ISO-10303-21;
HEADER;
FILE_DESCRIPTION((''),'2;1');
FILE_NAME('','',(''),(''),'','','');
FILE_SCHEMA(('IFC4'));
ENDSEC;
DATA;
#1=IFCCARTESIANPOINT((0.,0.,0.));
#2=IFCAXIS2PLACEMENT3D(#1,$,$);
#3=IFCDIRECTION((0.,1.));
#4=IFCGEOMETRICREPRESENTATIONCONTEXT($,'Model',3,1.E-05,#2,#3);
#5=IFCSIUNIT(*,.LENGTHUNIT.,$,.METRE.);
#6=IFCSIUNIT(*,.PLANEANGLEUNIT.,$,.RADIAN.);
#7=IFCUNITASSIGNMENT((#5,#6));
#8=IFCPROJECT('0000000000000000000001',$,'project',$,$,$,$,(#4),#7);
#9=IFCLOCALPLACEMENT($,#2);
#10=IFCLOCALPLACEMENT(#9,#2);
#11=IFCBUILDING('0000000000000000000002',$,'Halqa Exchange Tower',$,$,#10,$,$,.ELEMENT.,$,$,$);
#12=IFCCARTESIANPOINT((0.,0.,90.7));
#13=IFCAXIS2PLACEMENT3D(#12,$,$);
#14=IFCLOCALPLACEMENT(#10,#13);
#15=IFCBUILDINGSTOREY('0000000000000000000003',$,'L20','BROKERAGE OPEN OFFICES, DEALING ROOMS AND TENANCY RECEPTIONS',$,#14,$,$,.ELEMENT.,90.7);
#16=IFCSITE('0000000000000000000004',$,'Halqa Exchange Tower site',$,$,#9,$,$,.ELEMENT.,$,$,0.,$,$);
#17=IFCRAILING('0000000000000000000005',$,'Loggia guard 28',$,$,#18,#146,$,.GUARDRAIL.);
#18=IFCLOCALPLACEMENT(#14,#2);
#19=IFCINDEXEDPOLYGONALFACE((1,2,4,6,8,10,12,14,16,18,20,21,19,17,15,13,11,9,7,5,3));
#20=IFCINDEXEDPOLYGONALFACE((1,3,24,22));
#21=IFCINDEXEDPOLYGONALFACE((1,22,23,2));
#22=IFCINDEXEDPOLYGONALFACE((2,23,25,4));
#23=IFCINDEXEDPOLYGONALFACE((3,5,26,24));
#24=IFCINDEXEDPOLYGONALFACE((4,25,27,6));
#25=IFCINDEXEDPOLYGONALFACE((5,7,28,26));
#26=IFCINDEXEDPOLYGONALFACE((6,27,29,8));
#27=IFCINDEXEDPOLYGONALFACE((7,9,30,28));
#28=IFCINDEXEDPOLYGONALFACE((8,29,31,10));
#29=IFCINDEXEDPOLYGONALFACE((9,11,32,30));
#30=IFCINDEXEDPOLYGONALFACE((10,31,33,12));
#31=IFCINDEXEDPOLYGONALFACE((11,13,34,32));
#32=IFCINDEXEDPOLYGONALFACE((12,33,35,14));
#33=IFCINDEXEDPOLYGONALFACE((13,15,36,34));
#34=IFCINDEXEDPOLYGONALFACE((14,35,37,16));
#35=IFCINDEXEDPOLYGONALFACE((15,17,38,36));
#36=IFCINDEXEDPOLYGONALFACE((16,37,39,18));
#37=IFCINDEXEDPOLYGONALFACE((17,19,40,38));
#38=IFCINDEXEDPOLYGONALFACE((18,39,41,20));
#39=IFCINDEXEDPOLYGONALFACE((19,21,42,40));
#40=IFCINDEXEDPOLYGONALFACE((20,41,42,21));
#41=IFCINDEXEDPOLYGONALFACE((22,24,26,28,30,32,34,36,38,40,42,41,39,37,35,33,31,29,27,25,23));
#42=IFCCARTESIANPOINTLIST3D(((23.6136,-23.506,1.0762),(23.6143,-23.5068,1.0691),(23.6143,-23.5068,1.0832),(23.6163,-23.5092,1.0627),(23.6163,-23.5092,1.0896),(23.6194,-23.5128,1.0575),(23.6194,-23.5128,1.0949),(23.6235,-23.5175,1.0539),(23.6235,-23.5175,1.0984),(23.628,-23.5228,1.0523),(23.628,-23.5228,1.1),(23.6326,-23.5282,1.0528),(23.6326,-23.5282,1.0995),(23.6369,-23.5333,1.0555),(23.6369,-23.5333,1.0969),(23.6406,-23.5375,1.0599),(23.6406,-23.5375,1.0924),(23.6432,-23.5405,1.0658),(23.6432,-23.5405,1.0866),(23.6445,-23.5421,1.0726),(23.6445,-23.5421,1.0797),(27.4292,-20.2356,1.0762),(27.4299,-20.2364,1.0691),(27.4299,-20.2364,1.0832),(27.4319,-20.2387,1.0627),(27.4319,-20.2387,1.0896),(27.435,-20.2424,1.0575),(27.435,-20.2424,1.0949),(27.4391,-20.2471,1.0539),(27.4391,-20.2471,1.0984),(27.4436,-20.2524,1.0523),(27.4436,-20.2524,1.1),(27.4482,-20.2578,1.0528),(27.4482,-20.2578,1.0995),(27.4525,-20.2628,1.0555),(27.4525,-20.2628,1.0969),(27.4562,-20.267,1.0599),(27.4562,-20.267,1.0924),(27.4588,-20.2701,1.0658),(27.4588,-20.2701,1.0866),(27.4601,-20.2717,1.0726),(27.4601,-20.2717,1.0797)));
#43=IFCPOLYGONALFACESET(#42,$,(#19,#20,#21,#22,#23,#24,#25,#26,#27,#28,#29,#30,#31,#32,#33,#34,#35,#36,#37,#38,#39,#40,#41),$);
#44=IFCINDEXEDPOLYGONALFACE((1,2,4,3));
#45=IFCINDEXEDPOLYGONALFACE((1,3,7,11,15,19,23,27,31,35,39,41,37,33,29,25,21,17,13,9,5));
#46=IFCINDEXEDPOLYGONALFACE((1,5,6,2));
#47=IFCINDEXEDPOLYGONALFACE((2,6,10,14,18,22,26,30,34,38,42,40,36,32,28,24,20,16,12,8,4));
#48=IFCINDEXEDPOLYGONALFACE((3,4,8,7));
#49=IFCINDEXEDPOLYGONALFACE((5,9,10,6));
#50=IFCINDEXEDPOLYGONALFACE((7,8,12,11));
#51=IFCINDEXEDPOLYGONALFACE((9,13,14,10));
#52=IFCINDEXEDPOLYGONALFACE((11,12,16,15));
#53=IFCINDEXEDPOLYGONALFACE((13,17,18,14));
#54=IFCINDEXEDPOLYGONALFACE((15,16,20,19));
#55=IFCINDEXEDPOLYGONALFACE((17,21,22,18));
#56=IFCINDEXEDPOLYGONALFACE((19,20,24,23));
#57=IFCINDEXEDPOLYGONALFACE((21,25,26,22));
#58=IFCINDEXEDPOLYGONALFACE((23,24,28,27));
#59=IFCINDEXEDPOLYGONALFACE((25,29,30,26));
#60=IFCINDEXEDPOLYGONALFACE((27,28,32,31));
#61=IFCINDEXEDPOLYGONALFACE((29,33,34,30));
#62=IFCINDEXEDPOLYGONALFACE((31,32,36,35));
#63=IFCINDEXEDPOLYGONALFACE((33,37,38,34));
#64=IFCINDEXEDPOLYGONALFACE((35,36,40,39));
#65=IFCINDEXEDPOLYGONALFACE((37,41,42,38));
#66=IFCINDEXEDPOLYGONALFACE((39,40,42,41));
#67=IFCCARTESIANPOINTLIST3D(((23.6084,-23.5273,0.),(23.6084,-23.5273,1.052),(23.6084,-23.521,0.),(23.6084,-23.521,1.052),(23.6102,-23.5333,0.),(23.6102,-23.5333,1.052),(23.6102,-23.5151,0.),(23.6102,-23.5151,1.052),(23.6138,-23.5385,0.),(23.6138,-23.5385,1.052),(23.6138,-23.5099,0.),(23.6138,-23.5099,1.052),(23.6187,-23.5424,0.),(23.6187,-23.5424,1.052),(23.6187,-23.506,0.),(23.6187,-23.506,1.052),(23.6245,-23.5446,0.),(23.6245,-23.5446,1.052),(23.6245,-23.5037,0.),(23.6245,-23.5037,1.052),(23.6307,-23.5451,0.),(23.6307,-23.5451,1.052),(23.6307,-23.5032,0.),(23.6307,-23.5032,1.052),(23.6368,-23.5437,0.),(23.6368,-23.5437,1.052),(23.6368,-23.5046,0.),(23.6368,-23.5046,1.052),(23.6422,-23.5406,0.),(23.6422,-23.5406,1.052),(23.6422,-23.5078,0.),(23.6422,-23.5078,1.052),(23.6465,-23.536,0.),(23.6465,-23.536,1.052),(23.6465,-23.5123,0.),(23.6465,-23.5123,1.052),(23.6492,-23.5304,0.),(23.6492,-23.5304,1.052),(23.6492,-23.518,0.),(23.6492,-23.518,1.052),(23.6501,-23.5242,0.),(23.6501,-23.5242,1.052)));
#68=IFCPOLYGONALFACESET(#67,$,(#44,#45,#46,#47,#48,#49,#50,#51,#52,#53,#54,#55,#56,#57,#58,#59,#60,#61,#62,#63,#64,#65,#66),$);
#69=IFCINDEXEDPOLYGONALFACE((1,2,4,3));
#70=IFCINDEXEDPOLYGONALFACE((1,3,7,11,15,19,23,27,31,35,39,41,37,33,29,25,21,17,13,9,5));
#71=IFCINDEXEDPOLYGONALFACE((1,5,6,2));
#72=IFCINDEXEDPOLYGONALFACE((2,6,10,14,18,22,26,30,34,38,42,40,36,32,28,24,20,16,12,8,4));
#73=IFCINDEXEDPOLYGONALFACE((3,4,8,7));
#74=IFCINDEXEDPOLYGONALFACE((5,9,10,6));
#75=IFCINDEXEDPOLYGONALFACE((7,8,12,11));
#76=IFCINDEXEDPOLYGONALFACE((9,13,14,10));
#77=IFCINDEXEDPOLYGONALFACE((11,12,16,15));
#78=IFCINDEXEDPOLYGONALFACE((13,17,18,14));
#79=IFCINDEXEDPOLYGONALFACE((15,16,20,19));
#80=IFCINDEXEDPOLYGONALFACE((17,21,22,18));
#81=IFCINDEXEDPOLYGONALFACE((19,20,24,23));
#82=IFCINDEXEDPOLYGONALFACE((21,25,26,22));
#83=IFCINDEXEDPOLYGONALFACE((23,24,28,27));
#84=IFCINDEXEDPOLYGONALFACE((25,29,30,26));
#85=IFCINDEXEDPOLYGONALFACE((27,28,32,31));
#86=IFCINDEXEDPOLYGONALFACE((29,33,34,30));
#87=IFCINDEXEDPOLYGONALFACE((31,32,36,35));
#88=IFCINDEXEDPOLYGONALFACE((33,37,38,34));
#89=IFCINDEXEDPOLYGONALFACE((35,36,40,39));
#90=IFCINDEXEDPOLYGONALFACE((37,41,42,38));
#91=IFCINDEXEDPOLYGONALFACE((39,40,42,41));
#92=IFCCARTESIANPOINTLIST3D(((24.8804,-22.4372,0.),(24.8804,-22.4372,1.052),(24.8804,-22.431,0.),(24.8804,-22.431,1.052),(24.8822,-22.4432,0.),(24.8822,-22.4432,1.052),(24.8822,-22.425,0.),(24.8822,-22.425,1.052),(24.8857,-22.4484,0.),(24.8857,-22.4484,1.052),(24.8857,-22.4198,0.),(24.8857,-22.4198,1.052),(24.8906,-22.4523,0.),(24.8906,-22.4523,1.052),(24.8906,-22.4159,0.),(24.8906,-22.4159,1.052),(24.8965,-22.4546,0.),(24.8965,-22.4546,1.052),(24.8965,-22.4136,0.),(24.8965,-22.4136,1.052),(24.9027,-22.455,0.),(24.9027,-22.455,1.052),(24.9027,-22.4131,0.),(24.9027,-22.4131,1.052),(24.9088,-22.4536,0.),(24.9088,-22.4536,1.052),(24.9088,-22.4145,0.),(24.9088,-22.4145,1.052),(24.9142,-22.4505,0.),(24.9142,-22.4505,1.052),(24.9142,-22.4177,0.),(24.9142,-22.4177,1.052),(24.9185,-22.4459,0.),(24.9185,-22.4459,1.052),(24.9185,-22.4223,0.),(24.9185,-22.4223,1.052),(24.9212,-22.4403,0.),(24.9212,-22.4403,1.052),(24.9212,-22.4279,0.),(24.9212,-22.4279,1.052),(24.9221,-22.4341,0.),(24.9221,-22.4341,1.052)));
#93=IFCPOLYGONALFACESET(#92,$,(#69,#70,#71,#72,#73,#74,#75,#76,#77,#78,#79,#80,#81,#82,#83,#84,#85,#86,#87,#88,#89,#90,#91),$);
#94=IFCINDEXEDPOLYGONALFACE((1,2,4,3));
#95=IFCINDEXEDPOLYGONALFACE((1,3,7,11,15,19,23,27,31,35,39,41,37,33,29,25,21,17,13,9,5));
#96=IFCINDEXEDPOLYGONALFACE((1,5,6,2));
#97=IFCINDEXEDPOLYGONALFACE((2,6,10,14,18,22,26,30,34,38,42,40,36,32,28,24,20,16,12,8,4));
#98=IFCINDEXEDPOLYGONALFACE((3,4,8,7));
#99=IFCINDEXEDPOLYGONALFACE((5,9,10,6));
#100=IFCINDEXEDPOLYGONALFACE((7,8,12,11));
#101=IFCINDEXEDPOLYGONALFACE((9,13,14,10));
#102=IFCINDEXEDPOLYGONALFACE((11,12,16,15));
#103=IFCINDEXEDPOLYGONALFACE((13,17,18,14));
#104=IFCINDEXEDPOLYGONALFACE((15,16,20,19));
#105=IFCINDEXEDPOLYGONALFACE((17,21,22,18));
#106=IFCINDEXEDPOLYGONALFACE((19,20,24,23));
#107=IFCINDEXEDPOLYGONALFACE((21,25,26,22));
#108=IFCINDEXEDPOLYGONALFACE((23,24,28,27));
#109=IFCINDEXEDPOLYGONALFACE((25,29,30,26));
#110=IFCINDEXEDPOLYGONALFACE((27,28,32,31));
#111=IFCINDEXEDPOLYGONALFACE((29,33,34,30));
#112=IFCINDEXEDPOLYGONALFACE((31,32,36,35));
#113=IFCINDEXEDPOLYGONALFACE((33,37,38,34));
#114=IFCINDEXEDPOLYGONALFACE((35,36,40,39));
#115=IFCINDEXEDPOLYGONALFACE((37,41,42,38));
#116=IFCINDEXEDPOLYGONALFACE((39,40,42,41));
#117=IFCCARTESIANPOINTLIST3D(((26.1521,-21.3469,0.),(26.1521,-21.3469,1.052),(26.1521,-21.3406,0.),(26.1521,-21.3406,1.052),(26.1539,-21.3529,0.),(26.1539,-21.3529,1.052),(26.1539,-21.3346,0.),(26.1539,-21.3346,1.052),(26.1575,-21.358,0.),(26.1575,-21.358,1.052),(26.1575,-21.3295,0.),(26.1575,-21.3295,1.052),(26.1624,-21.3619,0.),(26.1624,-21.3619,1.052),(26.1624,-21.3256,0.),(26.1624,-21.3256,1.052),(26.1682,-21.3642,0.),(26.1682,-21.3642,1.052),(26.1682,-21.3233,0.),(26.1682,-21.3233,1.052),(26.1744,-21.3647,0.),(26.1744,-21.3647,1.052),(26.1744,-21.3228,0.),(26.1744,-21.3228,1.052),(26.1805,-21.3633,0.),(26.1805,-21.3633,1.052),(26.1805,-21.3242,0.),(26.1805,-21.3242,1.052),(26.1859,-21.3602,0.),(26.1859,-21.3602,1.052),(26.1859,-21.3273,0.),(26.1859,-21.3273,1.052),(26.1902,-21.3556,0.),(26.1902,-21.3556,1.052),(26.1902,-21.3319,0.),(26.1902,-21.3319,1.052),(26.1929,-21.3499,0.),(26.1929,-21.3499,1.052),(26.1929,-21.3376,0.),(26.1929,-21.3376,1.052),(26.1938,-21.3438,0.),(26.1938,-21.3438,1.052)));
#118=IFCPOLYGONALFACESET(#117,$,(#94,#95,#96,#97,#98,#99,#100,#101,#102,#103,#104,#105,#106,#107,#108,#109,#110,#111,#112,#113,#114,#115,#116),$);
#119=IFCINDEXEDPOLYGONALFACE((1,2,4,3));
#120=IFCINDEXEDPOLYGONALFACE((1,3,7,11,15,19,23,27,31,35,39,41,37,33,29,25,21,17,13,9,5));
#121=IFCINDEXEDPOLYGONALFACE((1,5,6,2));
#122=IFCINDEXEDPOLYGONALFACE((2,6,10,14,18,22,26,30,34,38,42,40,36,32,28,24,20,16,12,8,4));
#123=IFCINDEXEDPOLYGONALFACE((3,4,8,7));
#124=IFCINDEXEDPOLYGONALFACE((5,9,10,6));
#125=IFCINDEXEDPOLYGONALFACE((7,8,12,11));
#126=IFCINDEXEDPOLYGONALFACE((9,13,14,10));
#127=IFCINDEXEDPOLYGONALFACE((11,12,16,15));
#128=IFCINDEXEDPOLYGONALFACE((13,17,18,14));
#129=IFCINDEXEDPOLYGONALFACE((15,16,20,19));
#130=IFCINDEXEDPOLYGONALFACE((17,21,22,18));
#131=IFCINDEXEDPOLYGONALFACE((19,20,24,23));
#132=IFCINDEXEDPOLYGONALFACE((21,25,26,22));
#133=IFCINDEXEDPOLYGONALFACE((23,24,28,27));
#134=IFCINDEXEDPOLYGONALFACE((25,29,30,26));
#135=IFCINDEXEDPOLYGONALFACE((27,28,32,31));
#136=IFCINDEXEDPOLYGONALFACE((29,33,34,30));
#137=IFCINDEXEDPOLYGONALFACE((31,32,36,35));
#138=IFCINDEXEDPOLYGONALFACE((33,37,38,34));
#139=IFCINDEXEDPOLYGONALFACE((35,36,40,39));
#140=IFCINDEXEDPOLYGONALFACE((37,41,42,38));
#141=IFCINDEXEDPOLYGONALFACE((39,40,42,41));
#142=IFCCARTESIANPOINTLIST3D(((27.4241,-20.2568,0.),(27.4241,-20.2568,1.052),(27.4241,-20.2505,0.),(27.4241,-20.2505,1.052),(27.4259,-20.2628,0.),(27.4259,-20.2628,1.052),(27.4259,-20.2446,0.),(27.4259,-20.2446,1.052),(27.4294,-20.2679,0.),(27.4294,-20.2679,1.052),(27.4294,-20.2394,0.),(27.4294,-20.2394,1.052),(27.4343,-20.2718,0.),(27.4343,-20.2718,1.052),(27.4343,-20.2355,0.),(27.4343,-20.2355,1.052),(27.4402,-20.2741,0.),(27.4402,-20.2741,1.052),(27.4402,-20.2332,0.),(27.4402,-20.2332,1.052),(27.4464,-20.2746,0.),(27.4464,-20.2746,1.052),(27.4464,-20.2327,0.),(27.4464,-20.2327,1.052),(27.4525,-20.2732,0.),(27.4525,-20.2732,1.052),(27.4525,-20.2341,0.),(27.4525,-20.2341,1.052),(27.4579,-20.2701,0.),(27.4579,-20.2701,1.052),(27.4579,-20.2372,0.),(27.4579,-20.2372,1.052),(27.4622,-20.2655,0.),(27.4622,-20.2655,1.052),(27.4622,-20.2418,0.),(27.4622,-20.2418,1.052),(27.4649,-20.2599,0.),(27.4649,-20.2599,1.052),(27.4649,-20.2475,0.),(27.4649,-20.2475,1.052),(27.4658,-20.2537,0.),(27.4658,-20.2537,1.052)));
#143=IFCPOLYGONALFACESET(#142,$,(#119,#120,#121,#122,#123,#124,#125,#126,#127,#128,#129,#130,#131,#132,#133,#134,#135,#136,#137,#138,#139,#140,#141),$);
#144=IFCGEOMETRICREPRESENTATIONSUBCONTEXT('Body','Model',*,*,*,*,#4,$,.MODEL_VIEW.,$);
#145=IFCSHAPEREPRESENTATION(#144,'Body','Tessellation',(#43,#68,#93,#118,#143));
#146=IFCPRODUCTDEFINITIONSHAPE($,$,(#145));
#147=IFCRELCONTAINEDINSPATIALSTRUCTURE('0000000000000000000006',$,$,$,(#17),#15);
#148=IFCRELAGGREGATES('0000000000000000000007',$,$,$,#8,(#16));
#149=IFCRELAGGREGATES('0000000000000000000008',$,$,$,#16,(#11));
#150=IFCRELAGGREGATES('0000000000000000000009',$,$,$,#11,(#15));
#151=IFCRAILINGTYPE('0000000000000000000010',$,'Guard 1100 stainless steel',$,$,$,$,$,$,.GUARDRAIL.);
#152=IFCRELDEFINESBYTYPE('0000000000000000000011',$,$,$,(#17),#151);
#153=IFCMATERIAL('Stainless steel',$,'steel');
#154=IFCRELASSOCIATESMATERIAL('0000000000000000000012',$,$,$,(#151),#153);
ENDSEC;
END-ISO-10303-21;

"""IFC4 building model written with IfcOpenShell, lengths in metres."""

from ifc_helpers import new_model, si_unit, direction, frame, origin, origin_2d, place, context, subcontext, project, spatial, circle, extrude, material, type_object, element, save


model = new_model("IFC4")

# Units and contexts
model_context = context("Model", 3, precision=1e-05, world=origin(), true_north=direction((0.0, 1.0)))
body_context = subcontext(model_context, "Body", "Model", "MODEL_VIEW")
ifc_project = project(units=[si_unit("LENGTHUNIT", "METRE"), si_unit("PLANEANGLEUNIT", "RADIAN")], contexts=[model_context])

# Site, building, storey
site_placement = place(None, origin())
site = spatial("IfcSite", under=ifc_project, at=site_placement, Name="Halqa Exchange Tower site", CompositionType="ELEMENT", RefElevation=0.0)
building_placement = place(site_placement, origin())
building = spatial("IfcBuilding", under=site, at=building_placement, Name="Halqa Exchange Tower", CompositionType="ELEMENT")
storey_placement = place(building_placement, frame((0.0, 0.0, 90.7)))
storey = spatial("IfcBuildingStorey", under=building, at=storey_placement, Name="L20", Description="BROKERAGE OPEN OFFICES, DEALING ROOMS AND TENANCY RECEPTIONS", CompositionType="ELEMENT", Elevation=90.7)

# Railing
ifc_material_1 = material(Name="Stainless steel", Category="steel")
railing_type = type_object("IfcRailingType", Name="Guard 1100 stainless steel", PredefinedType="GUARDRAIL", material=ifc_material_1)
railing_1_placement = place(storey_placement, frame((23.6292, -23.5242, 0.0)))
element("IfcRailing", 1, at=railing_1_placement, inside=storey, type_object=railing_type, Name="Loggia guard 28", PredefinedType="GUARDRAIL", context=body_context, shape_type="SweptSolid", body=[
    extrude(circle(Radius=0.0239, at=origin_2d()), frame((0.0, 0.0, 1.0762), z_axis=(0.759263, 0.650783, 0.0), x_axis=(-0.650783, 0.759263, 0.0)), (0.0, 0.0, 1.0), 5.0254),
    extrude(circle(Radius=0.021, at=origin_2d()), origin(), (0.0, 0.0, 1.0), 1.052),
    extrude(circle(Radius=0.021, at=origin_2d()), frame((1.272, 1.0901, 0.0)), (0.0, 0.0, 1.0), 1.052),
    extrude(circle(Radius=0.021, at=origin_2d()), frame((2.5437, 2.1804, 0.0)), (0.0, 0.0, 1.0), 1.052),
    extrude(circle(Radius=0.021, at=origin_2d()), frame((3.8157, 3.2705, 0.0)), (0.0, 0.0, 1.0), 1.052),
])

save(model, "model.ifc")
